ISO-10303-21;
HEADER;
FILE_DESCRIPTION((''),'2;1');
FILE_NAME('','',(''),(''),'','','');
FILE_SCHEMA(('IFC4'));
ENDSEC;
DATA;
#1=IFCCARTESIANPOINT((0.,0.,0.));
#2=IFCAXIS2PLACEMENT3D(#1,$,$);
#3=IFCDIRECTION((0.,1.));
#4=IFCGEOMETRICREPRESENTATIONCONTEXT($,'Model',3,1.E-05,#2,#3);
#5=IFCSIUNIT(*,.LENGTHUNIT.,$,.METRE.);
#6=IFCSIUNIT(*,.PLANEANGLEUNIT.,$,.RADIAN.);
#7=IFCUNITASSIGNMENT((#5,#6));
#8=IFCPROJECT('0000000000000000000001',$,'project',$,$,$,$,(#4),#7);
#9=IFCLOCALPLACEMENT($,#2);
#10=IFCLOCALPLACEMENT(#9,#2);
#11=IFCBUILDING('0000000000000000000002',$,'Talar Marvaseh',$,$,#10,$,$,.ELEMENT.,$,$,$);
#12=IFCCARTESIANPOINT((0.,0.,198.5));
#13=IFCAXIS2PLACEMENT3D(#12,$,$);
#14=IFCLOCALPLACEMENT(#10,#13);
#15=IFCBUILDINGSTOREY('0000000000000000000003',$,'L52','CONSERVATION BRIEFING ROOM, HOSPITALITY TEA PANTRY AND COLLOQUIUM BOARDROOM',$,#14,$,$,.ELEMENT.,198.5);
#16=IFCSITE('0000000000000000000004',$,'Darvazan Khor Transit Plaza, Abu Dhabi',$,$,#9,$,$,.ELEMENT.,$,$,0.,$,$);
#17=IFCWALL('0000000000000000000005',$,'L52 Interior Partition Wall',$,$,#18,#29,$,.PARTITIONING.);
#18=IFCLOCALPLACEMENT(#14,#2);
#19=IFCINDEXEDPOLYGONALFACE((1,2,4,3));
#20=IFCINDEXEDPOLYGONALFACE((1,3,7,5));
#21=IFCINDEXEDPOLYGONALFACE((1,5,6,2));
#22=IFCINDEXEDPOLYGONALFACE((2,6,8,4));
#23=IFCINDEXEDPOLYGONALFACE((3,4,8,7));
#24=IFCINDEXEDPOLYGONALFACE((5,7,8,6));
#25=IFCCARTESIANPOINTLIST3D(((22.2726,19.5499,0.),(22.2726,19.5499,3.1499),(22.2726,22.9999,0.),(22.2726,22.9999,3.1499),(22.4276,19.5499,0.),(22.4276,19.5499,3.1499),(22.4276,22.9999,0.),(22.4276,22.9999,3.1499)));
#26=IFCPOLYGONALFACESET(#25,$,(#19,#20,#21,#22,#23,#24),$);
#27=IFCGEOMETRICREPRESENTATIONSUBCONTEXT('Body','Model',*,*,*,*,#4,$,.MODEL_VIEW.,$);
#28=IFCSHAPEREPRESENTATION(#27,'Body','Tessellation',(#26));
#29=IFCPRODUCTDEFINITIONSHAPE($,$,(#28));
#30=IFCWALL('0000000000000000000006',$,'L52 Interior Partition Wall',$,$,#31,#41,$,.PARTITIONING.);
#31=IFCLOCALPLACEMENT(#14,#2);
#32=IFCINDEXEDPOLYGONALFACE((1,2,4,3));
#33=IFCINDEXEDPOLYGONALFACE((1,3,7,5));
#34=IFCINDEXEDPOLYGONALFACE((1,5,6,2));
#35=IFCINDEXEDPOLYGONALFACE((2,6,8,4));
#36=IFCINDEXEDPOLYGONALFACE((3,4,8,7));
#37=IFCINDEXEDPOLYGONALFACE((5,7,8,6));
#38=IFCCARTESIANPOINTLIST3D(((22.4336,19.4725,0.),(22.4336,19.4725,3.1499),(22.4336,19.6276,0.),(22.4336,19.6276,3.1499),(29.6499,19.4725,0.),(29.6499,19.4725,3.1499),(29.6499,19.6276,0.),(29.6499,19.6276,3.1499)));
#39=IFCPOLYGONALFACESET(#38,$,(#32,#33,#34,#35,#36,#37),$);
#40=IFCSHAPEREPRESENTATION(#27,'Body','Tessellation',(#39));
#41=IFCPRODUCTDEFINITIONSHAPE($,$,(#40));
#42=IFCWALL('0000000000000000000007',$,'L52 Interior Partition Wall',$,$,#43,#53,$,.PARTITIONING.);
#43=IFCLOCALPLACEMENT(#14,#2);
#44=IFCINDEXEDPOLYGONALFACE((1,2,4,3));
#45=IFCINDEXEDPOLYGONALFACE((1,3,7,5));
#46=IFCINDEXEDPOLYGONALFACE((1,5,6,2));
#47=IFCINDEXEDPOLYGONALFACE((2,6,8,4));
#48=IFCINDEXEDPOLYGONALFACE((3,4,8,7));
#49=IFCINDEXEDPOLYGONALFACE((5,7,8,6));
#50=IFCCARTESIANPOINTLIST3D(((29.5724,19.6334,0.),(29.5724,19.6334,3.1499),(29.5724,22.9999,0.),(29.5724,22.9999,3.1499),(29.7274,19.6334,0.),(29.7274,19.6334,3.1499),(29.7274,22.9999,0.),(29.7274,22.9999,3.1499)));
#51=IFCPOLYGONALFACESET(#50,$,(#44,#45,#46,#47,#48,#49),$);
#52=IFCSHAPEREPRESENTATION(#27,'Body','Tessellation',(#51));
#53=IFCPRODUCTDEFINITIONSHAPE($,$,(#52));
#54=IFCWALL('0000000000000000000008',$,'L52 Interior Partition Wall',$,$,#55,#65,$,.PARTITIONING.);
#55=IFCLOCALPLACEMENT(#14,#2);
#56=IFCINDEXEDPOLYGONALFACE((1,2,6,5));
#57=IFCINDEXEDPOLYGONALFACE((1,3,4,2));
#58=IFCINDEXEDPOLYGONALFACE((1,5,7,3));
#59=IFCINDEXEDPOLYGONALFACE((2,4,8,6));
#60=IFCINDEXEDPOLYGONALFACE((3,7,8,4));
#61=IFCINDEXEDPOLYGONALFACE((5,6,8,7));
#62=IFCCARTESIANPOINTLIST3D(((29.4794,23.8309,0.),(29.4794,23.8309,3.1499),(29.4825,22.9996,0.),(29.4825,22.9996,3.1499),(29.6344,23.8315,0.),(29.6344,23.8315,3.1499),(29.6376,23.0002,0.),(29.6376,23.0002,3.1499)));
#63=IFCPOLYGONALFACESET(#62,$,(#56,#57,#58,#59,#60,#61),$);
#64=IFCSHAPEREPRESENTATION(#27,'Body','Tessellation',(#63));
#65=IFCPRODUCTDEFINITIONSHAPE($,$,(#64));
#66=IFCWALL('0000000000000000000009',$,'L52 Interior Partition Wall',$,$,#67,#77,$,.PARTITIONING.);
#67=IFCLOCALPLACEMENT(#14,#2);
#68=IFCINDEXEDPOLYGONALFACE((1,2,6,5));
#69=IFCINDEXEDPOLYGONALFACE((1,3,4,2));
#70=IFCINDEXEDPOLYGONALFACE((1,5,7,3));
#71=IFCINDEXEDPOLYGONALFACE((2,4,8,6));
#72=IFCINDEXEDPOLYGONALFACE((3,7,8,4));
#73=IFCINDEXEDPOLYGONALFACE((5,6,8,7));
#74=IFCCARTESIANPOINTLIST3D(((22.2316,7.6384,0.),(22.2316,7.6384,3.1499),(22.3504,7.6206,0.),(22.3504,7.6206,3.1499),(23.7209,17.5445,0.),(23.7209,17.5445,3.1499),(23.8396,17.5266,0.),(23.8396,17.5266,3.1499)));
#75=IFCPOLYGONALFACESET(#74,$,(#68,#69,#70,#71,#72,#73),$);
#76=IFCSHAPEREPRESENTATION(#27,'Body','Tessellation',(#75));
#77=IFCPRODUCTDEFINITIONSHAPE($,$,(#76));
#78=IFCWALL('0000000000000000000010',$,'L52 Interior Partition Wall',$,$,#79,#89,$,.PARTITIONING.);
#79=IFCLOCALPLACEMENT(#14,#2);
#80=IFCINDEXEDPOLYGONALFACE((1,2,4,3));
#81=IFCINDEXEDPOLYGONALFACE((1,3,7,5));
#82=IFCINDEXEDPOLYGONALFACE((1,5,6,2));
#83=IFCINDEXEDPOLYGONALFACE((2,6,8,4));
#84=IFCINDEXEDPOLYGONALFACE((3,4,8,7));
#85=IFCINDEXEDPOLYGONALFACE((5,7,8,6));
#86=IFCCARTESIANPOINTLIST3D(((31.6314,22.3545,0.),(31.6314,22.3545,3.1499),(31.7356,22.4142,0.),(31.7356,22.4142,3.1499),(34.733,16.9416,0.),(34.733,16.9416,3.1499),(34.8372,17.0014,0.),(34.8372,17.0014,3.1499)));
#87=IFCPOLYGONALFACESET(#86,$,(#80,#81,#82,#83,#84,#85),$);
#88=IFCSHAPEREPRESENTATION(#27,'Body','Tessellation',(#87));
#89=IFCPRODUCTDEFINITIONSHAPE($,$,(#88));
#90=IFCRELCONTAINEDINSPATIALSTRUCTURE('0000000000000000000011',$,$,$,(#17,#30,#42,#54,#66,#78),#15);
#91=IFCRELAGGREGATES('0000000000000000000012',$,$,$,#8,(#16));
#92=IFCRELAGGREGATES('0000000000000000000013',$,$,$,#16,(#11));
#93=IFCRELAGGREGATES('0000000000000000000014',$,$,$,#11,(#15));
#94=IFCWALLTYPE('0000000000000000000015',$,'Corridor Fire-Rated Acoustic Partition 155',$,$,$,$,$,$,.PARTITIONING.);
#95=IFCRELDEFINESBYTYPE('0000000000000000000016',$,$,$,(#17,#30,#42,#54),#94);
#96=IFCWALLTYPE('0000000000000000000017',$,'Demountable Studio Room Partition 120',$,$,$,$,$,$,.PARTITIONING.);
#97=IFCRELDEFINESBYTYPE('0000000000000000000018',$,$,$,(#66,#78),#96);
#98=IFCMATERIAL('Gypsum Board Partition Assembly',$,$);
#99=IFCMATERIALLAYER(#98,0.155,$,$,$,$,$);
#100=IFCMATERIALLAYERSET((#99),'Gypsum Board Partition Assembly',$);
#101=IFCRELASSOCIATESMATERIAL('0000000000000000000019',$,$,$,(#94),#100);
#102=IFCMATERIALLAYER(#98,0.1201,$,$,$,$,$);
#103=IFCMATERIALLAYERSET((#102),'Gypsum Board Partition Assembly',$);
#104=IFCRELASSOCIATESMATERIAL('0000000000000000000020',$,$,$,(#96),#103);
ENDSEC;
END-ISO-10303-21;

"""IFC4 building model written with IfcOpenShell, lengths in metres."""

from ifc_helpers import new_model, si_unit, direction, frame, frame_2d, origin, place, context, subcontext, project, spatial, rectangle, extrude, material, layer, layer_set, type_object, element, save


model = new_model("IFC4")

# Units and contexts
model_context = context("Model", 3, precision=1e-05, world=origin(), true_north=direction((0.0, 1.0)))
body_context = subcontext(model_context, "Body", "Model", "MODEL_VIEW")
ifc_project = project(units=[si_unit("LENGTHUNIT", "METRE"), si_unit("PLANEANGLEUNIT", "RADIAN")], contexts=[model_context])

# Site, building, storey
site_placement = place(None, origin())
site = spatial("IfcSite", under=ifc_project, at=site_placement, Name="Darvazan Khor Transit Plaza, Abu Dhabi", CompositionType="ELEMENT", RefElevation=0.0)
building_placement = place(site_placement, origin())
building = spatial("IfcBuilding", under=site, at=building_placement, Name="Talar Marvaseh", CompositionType="ELEMENT")
storey_placement = place(building_placement, frame((0.0, 0.0, 198.5)))
storey = spatial("IfcBuildingStorey", under=building, at=storey_placement, Name="L52", Description="CONSERVATION BRIEFING ROOM, HOSPITALITY TEA PANTRY AND COLLOQUIUM BOARDROOM", CompositionType="ELEMENT", Elevation=198.5)

# Shared definitions
ifc_material_1 = material(Name="Gypsum Board Partition Assembly")
ifc_layer_1 = layer(ifc_material_1, 0.155)
ifc_layer_set_1 = layer_set([ifc_layer_1], Name="Gypsum Board Partition Assembly")
wall_type_1 = type_object("IfcWallType", Name="Corridor Fire-Rated Acoustic Partition 155", PredefinedType="PARTITIONING", material=ifc_layer_set_1)

# Walls
wall_1_placement = place(storey_placement, frame((22.3501, 23.0, 0.0), z_axis=(0.0, 0.0, 1.0), x_axis=(0.0, -1.0, 0.0)))
element("IfcWall", 1, at=wall_1_placement, inside=storey, type_object=wall_type_1, Name="L52 Interior Partition Wall", PredefinedType="PARTITIONING", context=body_context, shape_type="SweptSolid", body=[
    extrude(rectangle(XDim=3.45, YDim=0.155, at=frame_2d((1.7251, 0.0))), origin(), (0.0, 0.0, 1.0), 3.1499),
])
wall_2_placement = place(storey_placement, frame((22.4336, 19.55, 0.0), z_axis=(0.0, 0.0, 1.0), x_axis=(1.0, 0.0, 0.0)))
element("IfcWall", 2, at=wall_2_placement, inside=storey, type_object=wall_type_1, Name="L52 Interior Partition Wall", PredefinedType="PARTITIONING", context=body_context, shape_type="SweptSolid", body=[
    extrude(rectangle(XDim=7.2163, YDim=0.155, at=frame_2d((3.6082, 0.0))), origin(), (0.0, 0.0, 1.0), 3.1499),
])
wall_3_placement = place(storey_placement, frame((29.6499, 19.6335, 0.0), z_axis=(0.0, 0.0, 1.0), x_axis=(0.0, 1.0, 0.0)))
element("IfcWall", 3, at=wall_3_placement, inside=storey, type_object=wall_type_1, Name="L52 Interior Partition Wall", PredefinedType="PARTITIONING", context=body_context, shape_type="SweptSolid", body=[
    extrude(rectangle(XDim=3.3665, YDim=0.155, at=frame_2d((1.6831, 0.0))), origin(), (0.0, 0.0, 1.0), 3.1499),
])
wall_4_placement = place(storey_placement, frame((29.5601, 23.0, 0.0), z_axis=(0.0, 0.0, 1.0), x_axis=(-0.003818, 0.999993, 0.0)))
element("IfcWall", 4, at=wall_4_placement, inside=storey, type_object=wall_type_1, Name="L52 Interior Partition Wall", PredefinedType="PARTITIONING", context=body_context, shape_type="SweptSolid", body=[
    extrude(rectangle(XDim=0.8313, YDim=0.155, at=frame_2d((0.4155, 0.0))), origin(), (0.0, 0.0, 1.0), 3.1499),
])
ifc_layer_2 = layer(ifc_material_1, 0.1201)
ifc_layer_set_2 = layer_set([ifc_layer_2], Name="Gypsum Board Partition Assembly")
wall_type_2 = type_object("IfcWallType", Name="Demountable Studio Room Partition 120", PredefinedType="PARTITIONING", material=ifc_layer_set_2)
wall_5_placement = place(storey_placement, frame((23.7803, 17.5356, 0.0), z_axis=(0.0, 0.0, 1.0), x_axis=(-0.148668, -0.988887, 0.0)))
element("IfcWall", 5, at=wall_5_placement, inside=storey, type_object=wall_type_2, Name="L52 Interior Partition Wall", PredefinedType="PARTITIONING", context=body_context, shape_type="SweptSolid", body=[
    extrude(rectangle(XDim=10.0173, YDim=0.1201, at=frame_2d((5.0088, 0.0))), origin(), (0.0, 0.0, 1.0), 3.1499),
])
wall_6_placement = place(storey_placement, frame((31.6836, 22.3843, 0.0), z_axis=(0.0, 0.0, 1.0), x_axis=(0.497167, -0.867655, 0.0)))
element("IfcWall", 6, at=wall_6_placement, inside=storey, type_object=wall_type_2, Name="L52 Interior Partition Wall", PredefinedType="PARTITIONING", context=body_context, shape_type="SweptSolid", body=[
    extrude(rectangle(XDim=6.2385, YDim=0.1201, at=frame_2d((3.1191, 0.0))), origin(), (0.0, 0.0, 1.0), 3.1499),
])

save(model, "model.ifc")
